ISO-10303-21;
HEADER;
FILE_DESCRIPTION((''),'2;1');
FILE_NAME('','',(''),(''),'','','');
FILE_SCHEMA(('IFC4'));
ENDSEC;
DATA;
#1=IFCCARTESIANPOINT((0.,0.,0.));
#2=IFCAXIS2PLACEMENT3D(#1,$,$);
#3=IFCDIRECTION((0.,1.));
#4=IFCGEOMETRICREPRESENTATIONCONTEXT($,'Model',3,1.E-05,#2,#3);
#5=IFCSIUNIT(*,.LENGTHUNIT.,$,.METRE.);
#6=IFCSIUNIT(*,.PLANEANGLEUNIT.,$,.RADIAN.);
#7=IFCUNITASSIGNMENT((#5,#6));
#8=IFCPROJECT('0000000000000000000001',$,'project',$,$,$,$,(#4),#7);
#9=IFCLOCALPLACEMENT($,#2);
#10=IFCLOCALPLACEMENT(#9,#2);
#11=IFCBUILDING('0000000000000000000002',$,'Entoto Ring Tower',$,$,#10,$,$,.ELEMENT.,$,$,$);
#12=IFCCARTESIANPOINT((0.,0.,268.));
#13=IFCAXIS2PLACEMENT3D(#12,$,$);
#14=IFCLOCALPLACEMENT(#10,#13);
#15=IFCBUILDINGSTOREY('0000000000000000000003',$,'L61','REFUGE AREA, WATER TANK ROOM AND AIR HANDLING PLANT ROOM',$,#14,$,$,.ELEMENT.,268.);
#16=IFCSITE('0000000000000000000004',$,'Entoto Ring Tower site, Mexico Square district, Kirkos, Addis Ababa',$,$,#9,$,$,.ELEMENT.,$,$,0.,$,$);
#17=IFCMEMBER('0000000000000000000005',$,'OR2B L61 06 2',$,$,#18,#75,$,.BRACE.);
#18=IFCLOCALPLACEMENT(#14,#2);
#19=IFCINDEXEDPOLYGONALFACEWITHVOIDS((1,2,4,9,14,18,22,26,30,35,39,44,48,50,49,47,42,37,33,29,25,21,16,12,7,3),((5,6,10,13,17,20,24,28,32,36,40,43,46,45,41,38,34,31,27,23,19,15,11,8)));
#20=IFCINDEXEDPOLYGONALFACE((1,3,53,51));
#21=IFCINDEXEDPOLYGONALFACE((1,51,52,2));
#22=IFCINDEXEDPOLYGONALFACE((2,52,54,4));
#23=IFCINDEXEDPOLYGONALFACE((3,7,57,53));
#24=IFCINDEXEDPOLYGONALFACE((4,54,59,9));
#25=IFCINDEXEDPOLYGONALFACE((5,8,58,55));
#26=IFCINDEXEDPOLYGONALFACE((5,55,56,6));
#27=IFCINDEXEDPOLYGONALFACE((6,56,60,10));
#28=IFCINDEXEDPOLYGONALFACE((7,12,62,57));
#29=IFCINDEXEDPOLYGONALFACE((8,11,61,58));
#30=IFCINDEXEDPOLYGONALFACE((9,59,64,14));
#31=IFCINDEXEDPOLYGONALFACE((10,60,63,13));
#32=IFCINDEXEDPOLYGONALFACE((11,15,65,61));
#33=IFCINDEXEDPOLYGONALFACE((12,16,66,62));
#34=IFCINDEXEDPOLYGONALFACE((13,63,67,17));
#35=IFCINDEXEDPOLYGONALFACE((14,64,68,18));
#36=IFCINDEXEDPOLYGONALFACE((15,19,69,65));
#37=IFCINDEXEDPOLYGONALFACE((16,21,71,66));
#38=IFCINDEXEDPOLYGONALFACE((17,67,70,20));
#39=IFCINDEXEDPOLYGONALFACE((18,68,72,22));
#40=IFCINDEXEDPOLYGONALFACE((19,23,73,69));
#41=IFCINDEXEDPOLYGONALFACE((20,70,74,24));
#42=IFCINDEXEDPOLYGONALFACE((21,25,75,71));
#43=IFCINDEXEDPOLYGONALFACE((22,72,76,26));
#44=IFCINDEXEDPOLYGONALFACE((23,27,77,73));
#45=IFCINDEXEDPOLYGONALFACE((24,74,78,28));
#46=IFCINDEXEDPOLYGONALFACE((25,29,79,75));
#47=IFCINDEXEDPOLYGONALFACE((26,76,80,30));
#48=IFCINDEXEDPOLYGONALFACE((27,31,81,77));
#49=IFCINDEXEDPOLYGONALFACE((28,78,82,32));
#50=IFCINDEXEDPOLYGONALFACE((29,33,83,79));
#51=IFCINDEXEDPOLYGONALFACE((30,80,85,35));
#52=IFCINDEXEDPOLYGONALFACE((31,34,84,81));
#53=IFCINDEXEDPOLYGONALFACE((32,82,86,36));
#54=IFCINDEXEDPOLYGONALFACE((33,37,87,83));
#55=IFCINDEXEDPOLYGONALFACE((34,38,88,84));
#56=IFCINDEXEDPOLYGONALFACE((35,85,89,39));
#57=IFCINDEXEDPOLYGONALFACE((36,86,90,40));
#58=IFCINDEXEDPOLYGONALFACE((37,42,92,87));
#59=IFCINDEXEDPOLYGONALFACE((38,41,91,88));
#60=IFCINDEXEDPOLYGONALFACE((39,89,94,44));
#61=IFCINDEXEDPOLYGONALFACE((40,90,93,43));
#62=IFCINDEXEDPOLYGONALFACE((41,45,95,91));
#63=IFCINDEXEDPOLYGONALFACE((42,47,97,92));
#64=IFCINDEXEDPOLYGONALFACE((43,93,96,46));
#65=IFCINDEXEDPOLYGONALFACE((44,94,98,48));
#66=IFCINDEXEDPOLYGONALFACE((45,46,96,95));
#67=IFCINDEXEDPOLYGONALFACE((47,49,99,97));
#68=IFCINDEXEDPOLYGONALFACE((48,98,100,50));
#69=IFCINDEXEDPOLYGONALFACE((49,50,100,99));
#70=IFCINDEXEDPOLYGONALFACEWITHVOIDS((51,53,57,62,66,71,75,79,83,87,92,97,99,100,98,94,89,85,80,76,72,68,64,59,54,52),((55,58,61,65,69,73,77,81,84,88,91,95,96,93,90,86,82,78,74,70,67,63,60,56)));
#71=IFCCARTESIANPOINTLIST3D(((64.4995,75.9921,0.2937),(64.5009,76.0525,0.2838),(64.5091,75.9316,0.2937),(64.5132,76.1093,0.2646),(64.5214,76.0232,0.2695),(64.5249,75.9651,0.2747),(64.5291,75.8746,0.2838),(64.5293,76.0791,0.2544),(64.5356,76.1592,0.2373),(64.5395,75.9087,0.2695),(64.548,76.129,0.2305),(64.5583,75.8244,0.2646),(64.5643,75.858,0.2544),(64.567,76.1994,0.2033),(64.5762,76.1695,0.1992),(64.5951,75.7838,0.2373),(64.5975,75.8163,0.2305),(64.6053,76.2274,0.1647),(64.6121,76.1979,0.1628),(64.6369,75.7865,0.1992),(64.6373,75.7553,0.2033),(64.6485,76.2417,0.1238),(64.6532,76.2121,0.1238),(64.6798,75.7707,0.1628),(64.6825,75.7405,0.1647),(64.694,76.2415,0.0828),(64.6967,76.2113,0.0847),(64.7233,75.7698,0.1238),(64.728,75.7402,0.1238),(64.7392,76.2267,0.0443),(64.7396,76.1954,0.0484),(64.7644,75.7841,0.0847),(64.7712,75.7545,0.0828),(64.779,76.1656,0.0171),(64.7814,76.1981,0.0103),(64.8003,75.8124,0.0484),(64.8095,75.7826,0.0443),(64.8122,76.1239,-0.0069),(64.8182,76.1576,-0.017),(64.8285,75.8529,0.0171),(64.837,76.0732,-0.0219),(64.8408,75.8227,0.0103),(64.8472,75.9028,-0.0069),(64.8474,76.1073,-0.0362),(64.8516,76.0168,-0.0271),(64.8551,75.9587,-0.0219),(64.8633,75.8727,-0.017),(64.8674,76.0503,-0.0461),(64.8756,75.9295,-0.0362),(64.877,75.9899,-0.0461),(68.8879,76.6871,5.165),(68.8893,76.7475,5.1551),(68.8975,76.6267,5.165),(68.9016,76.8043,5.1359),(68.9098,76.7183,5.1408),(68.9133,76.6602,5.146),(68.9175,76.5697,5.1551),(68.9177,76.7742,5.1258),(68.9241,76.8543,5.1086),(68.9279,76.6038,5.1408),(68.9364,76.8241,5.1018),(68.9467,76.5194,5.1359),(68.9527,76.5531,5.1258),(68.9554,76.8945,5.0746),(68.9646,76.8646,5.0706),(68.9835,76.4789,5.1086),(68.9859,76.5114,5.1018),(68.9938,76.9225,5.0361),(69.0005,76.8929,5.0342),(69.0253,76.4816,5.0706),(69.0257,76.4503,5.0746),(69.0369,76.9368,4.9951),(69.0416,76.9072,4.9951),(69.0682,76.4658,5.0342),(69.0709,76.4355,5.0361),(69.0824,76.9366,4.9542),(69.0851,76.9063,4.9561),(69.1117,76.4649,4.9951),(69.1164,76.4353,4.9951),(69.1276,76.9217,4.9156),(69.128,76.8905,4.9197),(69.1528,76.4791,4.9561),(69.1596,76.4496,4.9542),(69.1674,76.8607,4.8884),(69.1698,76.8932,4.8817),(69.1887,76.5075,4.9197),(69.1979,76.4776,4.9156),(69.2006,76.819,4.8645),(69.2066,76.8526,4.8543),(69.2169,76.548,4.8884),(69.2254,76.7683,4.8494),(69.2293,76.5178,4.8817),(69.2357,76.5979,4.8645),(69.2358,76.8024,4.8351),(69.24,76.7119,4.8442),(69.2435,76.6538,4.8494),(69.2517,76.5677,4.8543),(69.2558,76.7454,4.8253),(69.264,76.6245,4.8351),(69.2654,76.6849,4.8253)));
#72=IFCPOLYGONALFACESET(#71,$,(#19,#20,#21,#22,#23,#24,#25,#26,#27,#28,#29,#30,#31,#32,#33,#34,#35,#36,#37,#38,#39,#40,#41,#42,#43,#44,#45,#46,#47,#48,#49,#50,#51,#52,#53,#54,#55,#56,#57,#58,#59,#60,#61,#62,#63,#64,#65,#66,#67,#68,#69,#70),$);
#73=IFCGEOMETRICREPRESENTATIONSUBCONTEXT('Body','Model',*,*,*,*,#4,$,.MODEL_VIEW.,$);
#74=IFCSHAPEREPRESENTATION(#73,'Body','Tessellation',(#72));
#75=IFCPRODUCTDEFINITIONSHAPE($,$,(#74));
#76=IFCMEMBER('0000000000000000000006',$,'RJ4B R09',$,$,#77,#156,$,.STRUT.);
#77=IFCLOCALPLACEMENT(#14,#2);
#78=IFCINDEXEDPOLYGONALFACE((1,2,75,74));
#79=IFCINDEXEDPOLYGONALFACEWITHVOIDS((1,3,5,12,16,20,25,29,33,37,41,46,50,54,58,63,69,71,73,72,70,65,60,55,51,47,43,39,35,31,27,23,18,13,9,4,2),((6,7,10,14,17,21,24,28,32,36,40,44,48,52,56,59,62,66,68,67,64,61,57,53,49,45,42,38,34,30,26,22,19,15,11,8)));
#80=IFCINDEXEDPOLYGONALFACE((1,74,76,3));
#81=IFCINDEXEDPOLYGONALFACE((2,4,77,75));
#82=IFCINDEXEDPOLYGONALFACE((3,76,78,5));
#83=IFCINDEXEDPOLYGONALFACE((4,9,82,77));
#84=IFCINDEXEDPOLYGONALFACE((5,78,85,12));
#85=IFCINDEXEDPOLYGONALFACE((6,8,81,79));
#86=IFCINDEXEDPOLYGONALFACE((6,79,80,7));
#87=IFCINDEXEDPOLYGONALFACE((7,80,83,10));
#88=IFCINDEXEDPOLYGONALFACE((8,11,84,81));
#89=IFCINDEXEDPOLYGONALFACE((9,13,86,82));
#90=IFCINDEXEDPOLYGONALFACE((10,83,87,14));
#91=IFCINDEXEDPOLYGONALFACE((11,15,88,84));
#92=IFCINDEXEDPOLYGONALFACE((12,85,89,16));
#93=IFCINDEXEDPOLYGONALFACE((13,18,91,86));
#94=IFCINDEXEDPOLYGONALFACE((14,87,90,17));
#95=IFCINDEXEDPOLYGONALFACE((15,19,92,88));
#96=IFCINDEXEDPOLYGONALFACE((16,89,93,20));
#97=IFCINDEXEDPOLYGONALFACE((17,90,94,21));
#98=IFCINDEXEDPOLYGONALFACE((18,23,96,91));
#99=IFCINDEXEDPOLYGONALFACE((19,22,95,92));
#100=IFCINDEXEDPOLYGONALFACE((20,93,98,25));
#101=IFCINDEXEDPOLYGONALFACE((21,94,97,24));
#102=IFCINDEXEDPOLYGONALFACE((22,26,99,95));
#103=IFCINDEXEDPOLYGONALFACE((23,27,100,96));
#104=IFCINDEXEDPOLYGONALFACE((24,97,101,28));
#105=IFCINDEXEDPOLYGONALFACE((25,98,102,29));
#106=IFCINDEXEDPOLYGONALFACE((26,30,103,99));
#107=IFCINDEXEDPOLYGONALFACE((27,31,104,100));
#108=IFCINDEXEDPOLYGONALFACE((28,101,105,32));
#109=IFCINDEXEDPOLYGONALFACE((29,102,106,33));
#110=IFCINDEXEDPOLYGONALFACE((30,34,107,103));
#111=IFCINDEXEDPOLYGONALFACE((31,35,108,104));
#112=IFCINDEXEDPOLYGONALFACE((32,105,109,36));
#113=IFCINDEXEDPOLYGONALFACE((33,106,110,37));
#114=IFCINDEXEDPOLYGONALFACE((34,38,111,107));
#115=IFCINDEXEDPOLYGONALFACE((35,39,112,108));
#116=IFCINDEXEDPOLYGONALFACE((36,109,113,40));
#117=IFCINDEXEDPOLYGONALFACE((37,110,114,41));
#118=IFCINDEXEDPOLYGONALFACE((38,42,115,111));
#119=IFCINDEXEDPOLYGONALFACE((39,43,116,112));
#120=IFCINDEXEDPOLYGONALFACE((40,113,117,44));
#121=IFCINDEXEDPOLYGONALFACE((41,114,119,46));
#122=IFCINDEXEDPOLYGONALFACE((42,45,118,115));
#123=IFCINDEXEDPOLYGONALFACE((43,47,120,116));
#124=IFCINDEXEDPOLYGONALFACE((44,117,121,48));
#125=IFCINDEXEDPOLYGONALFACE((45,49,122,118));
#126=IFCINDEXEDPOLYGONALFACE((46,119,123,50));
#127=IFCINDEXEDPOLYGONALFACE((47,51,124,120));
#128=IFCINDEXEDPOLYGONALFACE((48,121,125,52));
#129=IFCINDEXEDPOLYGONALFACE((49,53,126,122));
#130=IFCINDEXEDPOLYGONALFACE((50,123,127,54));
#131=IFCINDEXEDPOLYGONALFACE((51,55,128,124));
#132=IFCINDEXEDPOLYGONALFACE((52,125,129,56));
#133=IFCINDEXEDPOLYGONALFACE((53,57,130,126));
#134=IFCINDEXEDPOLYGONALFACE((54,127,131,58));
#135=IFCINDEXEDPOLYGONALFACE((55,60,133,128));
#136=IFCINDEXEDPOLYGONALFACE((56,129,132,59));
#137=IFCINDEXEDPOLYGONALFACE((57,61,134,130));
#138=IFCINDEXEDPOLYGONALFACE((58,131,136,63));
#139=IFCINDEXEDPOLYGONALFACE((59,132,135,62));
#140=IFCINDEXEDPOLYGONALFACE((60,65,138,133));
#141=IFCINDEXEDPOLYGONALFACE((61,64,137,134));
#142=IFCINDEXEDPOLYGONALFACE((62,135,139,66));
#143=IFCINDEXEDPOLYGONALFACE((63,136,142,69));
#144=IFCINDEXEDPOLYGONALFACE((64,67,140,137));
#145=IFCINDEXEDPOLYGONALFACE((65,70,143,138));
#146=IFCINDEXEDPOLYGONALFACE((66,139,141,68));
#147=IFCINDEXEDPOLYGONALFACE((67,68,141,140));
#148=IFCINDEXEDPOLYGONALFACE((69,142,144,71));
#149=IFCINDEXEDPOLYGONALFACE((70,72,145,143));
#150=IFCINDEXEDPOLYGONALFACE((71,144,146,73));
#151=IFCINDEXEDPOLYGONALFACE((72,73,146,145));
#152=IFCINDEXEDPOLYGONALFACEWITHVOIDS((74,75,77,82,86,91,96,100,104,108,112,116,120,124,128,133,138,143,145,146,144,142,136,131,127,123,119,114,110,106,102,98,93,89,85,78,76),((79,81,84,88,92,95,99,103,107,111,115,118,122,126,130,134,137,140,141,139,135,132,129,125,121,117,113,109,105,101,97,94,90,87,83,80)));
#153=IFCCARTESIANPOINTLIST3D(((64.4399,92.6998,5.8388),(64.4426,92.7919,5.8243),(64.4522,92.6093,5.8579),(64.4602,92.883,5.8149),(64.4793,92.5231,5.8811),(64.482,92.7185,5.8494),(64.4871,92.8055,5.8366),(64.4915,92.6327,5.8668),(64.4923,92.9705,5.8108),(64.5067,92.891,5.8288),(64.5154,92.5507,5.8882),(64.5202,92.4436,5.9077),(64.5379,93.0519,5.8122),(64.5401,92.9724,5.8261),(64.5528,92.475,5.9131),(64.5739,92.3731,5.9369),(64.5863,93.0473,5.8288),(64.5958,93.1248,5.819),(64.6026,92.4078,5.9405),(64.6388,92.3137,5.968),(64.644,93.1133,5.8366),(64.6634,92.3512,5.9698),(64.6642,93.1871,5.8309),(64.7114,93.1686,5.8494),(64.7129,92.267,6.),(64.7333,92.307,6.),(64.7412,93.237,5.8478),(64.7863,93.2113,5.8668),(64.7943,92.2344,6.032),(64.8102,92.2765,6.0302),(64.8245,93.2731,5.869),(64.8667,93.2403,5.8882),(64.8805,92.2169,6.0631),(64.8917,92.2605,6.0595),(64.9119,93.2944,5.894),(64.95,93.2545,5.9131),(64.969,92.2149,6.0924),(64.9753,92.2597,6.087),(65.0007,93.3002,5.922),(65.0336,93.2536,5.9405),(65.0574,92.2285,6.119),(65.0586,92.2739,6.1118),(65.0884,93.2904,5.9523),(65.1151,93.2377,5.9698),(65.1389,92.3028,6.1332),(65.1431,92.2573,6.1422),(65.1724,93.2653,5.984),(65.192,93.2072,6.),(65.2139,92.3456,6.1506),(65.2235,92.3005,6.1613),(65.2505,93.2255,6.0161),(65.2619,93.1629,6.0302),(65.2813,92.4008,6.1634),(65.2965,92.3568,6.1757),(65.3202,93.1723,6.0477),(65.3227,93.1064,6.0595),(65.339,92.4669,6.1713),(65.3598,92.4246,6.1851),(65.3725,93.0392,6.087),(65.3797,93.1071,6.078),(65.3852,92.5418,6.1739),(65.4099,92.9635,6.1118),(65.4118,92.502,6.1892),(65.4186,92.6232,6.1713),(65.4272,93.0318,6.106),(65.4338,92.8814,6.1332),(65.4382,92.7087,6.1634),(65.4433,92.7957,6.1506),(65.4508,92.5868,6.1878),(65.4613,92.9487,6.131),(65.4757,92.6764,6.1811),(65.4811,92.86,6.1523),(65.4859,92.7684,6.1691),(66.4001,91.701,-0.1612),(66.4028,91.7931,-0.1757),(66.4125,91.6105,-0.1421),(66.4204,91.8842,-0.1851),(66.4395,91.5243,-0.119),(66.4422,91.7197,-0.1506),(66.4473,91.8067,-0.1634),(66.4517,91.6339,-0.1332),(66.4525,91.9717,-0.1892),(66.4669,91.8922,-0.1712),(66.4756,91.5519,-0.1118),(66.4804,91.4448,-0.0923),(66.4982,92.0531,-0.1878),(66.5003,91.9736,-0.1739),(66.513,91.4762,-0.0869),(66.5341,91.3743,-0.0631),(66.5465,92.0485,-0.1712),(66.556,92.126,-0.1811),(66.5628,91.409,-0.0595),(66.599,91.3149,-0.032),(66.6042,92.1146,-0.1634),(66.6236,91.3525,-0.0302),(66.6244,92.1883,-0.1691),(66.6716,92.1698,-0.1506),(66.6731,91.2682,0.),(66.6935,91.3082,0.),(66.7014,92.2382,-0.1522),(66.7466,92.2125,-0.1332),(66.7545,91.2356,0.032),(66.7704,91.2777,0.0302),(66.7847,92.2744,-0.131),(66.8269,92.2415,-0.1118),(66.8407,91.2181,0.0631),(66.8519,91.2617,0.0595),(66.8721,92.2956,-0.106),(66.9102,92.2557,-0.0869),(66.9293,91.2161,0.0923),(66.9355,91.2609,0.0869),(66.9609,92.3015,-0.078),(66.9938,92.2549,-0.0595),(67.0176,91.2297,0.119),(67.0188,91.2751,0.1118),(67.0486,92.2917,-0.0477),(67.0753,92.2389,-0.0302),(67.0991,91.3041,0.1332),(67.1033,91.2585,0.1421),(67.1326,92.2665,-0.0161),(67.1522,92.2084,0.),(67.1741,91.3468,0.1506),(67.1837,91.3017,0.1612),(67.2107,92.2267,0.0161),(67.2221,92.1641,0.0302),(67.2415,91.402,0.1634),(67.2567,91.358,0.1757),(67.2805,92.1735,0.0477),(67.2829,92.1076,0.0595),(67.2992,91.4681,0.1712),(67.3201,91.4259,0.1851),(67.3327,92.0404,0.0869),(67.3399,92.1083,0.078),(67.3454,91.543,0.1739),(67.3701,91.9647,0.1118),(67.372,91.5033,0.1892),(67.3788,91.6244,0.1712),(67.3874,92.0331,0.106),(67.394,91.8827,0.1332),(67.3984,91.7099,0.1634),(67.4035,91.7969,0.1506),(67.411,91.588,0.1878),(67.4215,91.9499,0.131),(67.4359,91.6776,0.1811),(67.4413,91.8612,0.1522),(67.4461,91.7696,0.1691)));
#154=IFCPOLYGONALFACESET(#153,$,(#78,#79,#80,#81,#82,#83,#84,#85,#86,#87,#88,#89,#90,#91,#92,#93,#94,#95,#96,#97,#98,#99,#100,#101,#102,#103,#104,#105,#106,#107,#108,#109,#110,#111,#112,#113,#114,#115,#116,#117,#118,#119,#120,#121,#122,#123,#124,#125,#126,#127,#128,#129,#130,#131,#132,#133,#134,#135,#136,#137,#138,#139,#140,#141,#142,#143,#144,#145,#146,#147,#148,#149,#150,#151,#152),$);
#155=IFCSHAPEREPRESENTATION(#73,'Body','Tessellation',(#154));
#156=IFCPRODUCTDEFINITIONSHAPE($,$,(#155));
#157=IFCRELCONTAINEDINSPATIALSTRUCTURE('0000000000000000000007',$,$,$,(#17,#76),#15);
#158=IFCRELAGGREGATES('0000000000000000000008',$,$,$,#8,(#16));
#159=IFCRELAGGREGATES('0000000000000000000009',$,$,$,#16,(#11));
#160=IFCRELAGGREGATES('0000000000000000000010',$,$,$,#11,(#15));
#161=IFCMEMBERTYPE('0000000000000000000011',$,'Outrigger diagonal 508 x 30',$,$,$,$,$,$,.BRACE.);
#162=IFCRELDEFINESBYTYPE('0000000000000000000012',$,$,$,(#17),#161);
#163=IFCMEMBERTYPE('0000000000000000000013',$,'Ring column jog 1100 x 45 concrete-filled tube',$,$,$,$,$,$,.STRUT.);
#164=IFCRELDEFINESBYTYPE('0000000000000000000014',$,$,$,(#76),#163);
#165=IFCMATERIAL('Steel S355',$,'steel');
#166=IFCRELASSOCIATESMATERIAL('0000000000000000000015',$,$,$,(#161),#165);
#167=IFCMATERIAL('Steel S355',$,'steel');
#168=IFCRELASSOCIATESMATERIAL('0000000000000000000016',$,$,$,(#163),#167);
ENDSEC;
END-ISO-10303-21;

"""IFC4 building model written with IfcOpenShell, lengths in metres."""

from ifc_helpers import new_model, si_unit, direction, frame, origin, origin_2d, place, context, subcontext, project, spatial, circle, hollow_circle, extrude, material, material_profile, profile_set, type_object, element, save


model = new_model("IFC4")

# Units and contexts
model_context = context("Model", 3, precision=1e-05, world=origin(), true_north=direction((0.0, 1.0)))
body_context = subcontext(model_context, "Body", "Model", "MODEL_VIEW")
ifc_project = project(units=[si_unit("LENGTHUNIT", "METRE"), si_unit("PLANEANGLEUNIT", "RADIAN")], contexts=[model_context])

# Site, building, storey
site_placement = place(None, origin())
site = spatial("IfcSite", under=ifc_project, at=site_placement, Name="Entoto Ring Tower site, Mexico Square district, Kirkos, Addis Ababa", CompositionType="ELEMENT", RefElevation=0.0)
building_placement = place(site_placement, origin())
building = spatial("IfcBuilding", under=site, at=building_placement, Name="Entoto Ring Tower", CompositionType="ELEMENT")
storey_placement = place(building_placement, frame((0.0, 0.0, 268.0)))
storey = spatial("IfcBuildingStorey", under=building, at=storey_placement, Name="L61", Description="REFUGE AREA, WATER TANK ROOM AND AIR HANDLING PLANT ROOM", CompositionType="ELEMENT", Elevation=268.0)

# Members
ifc_material_1 = material(Name="Steel S355", Category="steel")
ifc_material_profile_1 = material_profile(ifc_material_1, hollow_circle(Radius=0.2539, WallThickness=0.03, at=origin_2d()), Name="CHS 508 x 30")
ifc_material_2 = material(Name="Concrete C60/75", Category="concrete")
ifc_material_profile_2 = material_profile(ifc_material_2, circle(Radius=0.2241, at=origin_2d()), Name="Concrete C60/75 infill")
ifc_profile_set_1 = profile_set([ifc_material_profile_1, ifc_material_profile_2], Name="Steel S355")
member_type_1 = type_object("IfcMemberType", Name="Outrigger diagonal 508 x 30", PredefinedType="BRACE", material=ifc_profile_set_1)
member_1_placement = place(storey_placement, frame((69.0767, 76.686, 4.9951), z_axis=(-0.665591, -0.105421, -0.738834), x_axis=(0.156437, -0.987688, 0.0)))
element("IfcMember", 1, at=member_1_placement, inside=storey, type_object=member_type_1, Name="OR2B L61 06 2", PredefinedType="BRACE", context=body_context, shape_type="SweptSolid", body=[
    extrude(hollow_circle(Radius=0.2539, WallThickness=0.03, at=origin_2d()), origin(), (0.0, 0.0, 1.0), 6.5933),
])
ifc_material_3 = material(Name="Steel S355", Category="steel")
ifc_material_profile_3 = material_profile(ifc_material_3, hollow_circle(Radius=0.55, WallThickness=0.0449, at=origin_2d()), Name="CHS 1100 x 45")
ifc_material_4 = material(Name="Concrete C60/75", Category="concrete")
ifc_material_profile_4 = material_profile(ifc_material_4, circle(Radius=0.5049, at=origin_2d()), Name="Concrete C60/75 infill")
ifc_profile_set_2 = profile_set([ifc_material_profile_3, ifc_material_profile_4], Name="Steel S355")
member_type_2 = type_object("IfcMemberType", Name="Ring column jog 1100 x 45 concrete-filled tube", PredefinedType="STRUT", material=ifc_profile_set_2)
for number, where, z_axis, x_axis, name in (
    (2, (66.9229, 91.7583, 0.0), (-0.306732, 0.156288, 0.938877), (-0.453992, -0.891006, 0.0), "RJ4B R09"),
):
    element("IfcMember", number, at=place(storey_placement, frame(where, z_axis=z_axis, x_axis=x_axis)), inside=storey, type_object=member_type_2, Name=name, PredefinedType="STRUT", context=body_context, shape_type="SweptSolid", body=[
        extrude(hollow_circle(Radius=0.55, WallThickness=0.0449, at=origin_2d()), origin(), (0.0, 0.0, 1.0), 6.3906),
    ])

save(model, "model.ifc")
